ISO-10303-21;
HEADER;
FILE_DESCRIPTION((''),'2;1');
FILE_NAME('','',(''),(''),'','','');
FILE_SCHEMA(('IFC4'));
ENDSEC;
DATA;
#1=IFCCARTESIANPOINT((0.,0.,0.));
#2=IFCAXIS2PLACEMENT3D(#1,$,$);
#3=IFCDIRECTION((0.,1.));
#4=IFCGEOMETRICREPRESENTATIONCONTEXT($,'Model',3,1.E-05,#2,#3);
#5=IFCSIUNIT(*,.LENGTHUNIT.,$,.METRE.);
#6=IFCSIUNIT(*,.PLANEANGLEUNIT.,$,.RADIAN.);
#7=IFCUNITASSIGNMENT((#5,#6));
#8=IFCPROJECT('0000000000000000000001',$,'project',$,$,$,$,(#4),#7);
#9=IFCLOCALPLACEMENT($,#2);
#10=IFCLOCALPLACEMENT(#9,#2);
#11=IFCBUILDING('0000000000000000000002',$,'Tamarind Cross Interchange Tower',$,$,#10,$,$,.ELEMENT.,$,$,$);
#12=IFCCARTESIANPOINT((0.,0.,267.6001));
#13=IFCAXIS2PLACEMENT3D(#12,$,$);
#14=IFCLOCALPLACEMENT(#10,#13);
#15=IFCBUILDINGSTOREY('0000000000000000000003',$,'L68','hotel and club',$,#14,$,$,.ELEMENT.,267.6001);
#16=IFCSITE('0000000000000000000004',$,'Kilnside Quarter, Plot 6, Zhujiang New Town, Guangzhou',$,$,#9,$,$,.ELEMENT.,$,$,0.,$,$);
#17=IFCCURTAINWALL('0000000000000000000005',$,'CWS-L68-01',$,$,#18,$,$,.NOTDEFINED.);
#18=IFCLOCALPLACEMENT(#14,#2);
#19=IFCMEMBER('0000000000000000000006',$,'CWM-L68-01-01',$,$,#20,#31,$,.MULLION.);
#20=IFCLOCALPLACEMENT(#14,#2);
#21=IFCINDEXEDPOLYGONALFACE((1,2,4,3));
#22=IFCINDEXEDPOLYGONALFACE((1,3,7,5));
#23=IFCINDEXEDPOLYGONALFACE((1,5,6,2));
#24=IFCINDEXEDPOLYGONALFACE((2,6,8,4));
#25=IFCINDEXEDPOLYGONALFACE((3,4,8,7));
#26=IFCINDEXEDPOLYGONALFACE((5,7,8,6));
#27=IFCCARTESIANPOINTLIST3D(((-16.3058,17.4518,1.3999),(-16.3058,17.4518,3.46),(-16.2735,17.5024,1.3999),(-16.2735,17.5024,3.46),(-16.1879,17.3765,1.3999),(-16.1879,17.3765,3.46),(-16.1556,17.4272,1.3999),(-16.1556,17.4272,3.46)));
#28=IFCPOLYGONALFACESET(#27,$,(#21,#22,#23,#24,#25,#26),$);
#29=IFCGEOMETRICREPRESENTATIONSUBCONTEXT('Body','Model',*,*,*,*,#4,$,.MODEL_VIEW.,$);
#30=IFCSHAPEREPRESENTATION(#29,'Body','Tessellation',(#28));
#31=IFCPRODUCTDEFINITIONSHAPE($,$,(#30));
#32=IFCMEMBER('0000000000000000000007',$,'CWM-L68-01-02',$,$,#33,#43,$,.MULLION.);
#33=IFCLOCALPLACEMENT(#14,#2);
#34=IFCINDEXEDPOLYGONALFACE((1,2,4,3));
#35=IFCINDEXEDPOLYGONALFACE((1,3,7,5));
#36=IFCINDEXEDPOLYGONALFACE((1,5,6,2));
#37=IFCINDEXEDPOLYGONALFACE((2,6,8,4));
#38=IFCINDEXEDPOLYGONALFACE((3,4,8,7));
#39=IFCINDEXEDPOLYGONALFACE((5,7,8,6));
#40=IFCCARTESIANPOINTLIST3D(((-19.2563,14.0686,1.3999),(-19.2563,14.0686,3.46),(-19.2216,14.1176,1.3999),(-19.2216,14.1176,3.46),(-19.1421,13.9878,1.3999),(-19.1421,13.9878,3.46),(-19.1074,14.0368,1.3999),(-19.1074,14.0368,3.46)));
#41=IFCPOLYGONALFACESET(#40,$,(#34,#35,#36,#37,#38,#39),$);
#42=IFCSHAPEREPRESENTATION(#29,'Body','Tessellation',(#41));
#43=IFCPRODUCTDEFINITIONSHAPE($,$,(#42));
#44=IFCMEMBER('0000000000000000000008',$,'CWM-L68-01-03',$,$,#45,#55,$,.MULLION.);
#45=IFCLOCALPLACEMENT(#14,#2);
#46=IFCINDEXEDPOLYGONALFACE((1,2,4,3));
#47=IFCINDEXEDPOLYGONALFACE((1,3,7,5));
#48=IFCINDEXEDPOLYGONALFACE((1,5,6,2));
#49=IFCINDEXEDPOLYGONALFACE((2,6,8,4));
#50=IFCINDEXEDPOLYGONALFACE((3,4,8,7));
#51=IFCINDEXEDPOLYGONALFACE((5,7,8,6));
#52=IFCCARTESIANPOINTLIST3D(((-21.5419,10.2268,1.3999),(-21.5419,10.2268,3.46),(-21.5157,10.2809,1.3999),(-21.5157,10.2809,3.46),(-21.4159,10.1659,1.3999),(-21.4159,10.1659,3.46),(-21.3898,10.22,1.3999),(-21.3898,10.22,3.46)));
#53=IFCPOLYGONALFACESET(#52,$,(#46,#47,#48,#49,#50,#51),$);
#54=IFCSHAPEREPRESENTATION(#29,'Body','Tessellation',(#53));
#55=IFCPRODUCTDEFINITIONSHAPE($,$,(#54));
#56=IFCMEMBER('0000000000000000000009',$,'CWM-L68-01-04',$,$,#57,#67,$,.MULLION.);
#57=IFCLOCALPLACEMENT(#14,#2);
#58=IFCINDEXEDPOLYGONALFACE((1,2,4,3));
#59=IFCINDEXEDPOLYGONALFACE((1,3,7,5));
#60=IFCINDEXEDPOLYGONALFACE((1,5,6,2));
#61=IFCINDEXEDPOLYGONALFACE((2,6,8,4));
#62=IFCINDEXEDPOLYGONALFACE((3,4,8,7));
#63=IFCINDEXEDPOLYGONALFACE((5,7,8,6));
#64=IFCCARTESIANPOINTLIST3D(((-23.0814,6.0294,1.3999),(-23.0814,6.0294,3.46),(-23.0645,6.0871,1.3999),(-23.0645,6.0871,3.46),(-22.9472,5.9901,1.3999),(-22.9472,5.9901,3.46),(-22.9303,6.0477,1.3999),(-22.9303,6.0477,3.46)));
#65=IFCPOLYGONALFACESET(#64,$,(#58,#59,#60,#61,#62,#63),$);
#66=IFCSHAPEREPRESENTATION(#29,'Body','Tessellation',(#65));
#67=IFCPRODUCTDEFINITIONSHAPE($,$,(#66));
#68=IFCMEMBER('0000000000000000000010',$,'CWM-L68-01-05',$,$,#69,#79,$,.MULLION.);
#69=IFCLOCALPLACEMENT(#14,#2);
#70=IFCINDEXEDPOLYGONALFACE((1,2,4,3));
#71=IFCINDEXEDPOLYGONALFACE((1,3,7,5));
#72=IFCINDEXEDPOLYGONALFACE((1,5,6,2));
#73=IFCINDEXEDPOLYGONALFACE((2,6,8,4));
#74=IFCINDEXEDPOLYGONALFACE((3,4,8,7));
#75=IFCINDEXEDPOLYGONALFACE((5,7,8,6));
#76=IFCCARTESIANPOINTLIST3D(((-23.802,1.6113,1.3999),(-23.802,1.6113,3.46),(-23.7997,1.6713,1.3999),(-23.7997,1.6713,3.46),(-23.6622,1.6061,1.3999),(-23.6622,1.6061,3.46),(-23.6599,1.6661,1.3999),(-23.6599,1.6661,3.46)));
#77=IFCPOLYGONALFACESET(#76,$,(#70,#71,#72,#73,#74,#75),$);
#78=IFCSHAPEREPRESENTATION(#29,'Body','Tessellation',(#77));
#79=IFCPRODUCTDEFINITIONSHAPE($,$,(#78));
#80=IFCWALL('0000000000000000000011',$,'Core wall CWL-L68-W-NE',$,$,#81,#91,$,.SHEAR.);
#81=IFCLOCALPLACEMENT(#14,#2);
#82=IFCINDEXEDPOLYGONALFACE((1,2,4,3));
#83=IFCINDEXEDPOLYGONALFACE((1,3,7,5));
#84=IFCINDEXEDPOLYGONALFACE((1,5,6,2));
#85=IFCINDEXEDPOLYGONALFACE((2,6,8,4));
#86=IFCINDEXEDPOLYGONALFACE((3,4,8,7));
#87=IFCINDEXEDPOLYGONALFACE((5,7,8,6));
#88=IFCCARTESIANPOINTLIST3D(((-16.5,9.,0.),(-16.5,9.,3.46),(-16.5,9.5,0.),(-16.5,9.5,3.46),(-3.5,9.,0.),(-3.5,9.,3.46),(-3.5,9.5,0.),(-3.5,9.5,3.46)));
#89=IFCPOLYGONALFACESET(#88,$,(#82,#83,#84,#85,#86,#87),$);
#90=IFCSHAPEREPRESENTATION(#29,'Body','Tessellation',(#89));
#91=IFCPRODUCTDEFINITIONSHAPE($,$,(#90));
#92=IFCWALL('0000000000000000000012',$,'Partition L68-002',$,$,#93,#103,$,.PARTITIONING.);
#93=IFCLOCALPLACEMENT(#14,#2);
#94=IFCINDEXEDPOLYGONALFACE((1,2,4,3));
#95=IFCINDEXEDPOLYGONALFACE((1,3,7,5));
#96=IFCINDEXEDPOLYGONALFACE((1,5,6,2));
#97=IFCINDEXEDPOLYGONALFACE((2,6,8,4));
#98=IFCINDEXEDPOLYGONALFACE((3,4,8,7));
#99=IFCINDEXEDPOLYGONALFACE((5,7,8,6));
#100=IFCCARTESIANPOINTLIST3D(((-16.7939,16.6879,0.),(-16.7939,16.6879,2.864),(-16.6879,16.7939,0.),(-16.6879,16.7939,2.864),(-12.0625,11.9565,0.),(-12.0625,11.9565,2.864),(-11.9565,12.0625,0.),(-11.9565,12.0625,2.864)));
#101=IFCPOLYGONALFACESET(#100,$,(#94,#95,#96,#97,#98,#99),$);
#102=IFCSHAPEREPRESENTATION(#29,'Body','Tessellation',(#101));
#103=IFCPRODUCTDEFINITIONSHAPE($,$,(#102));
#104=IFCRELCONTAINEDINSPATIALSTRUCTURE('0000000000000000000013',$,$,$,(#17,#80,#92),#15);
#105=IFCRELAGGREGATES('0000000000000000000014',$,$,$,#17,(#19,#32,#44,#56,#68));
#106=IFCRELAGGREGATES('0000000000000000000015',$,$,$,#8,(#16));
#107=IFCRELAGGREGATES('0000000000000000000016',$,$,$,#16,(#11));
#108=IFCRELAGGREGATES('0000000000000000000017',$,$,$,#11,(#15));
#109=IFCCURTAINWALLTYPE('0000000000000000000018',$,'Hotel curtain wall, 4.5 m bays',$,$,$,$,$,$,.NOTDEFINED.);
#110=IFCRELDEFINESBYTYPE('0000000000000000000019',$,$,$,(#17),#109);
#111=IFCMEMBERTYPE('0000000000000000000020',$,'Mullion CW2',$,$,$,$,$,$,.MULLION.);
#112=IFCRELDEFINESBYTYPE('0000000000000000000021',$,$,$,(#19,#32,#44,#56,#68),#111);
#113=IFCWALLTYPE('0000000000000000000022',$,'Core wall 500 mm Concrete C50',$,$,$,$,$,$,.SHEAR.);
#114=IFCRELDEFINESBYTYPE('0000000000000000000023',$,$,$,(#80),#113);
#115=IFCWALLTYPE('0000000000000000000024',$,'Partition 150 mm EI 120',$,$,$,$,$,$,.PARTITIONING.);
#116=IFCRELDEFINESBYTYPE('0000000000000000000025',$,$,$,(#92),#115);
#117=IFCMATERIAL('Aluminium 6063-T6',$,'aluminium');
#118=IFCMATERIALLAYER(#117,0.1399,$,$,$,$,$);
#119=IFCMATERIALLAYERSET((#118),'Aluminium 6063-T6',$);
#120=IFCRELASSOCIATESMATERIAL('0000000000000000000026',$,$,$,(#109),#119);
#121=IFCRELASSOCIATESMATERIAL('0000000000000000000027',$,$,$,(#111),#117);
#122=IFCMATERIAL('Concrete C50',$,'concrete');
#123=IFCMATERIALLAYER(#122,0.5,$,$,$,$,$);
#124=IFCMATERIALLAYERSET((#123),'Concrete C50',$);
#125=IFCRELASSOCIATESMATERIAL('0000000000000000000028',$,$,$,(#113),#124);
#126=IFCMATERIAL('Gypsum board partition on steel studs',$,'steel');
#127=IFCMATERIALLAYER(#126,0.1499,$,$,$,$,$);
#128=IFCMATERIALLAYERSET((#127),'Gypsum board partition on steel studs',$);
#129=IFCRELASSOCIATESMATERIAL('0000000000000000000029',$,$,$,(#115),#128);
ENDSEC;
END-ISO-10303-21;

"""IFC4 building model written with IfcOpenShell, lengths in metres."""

from ifc_helpers import new_model, si_unit, direction, frame, frame_2d, origin, origin_2d, place, context, subcontext, project, spatial, rectangle, extrude, material, layer, layer_set, material_profile, profile_set, type_object, element, aggregate, save


model = new_model("IFC4")

# Units and contexts
model_context = context("Model", 3, precision=1e-05, world=origin(), true_north=direction((0.0, 1.0)))
body_context = subcontext(model_context, "Body", "Model", "MODEL_VIEW")
ifc_project = project(units=[si_unit("LENGTHUNIT", "METRE"), si_unit("PLANEANGLEUNIT", "RADIAN")], contexts=[model_context])

# Site, building, storey
site_placement = place(None, origin())
site = spatial("IfcSite", under=ifc_project, at=site_placement, Name="Kilnside Quarter, Plot 6, Zhujiang New Town, Guangzhou", CompositionType="ELEMENT", RefElevation=0.0)
building_placement = place(site_placement, origin())
building = spatial("IfcBuilding", under=site, at=building_placement, Name="Tamarind Cross Interchange Tower", CompositionType="ELEMENT")
storey_placement = place(building_placement, frame((0.0, 0.0, 267.6001)))
storey = spatial("IfcBuildingStorey", under=building, at=storey_placement, Name="L68", Description="hotel and club", CompositionType="ELEMENT", Elevation=267.6001)

# Curtain wall, members
ifc_material_1 = material(Name="Aluminium 6063-T6", Category="aluminium")
ifc_layer_1 = layer(ifc_material_1, 0.1399)
ifc_layer_set_1 = layer_set([ifc_layer_1], Name="Aluminium 6063-T6")
curtain_wall_type = type_object("IfcCurtainWallType", Name="Hotel curtain wall, 4.5 m bays", PredefinedType="NOTDEFINED", material=ifc_layer_set_1)
curtain_wall_placement = place(storey_placement, origin())
curtain_wall = element("IfcCurtainWall", 1, at=curtain_wall_placement, inside=storey, type_object=curtain_wall_type, Name="CWS-L68-01", PredefinedType="NOTDEFINED")
ifc_material_profile_1 = material_profile(ifc_material_1, rectangle(XDim=0.0601, YDim=0.1399, at=origin_2d()), Name="Mullion CW2")
ifc_profile_set_1 = profile_set([ifc_material_profile_1], Name="Aluminium 6063-T6")
member_type = type_object("IfcMemberType", Name="Mullion CW2", PredefinedType="MULLION", material=ifc_profile_set_1)
member_1_placement = place(storey_placement, frame((-16.2307, 17.4395, 1.3999), z_axis=(0.0, 0.0, 1.0), x_axis=(-0.537769, -0.843092, 0.0)))
member_1 = element("IfcMember", 2, at=member_1_placement, type_object=member_type, Name="CWM-L68-01-01", PredefinedType="MULLION", context=body_context, shape_type="SweptSolid", body=[
    extrude(rectangle(XDim=0.0601, YDim=0.1399, at=origin_2d()), origin(), (0.0, 0.0, 1.0), 2.0601),
])
member_2_placement = place(storey_placement, frame((-19.1819, 14.0527, 1.3999), z_axis=(0.0, 0.0, 1.0), x_axis=(-0.577569, -0.816342, 0.0)))
member_2 = element("IfcMember", 3, at=member_2_placement, type_object=member_type, Name="CWM-L68-01-02", PredefinedType="MULLION", context=body_context, shape_type="SweptSolid", body=[
    extrude(rectangle(XDim=0.0601, YDim=0.1399, at=origin_2d()), origin(), (0.0, 0.0, 1.0), 2.0601),
])
member_3_placement = place(storey_placement, frame((-21.4658, 10.2234, 1.3999), z_axis=(0.0, 0.0, 1.0), x_axis=(-0.435326, -0.900273, 0.0)))
member_3 = element("IfcMember", 4, at=member_3_placement, type_object=member_type, Name="CWM-L68-01-03", PredefinedType="MULLION", context=body_context, shape_type="SweptSolid", body=[
    extrude(rectangle(XDim=0.0601, YDim=0.1399, at=origin_2d()), origin(), (0.0, 0.0, 1.0), 2.0601),
])
member_4_placement = place(storey_placement, frame((-23.0059, 6.0386, 1.3999), z_axis=(0.0, 0.0, 1.0), x_axis=(-0.281209, -0.959647, 0.0)))
member_4 = element("IfcMember", 5, at=member_4_placement, type_object=member_type, Name="CWM-L68-01-04", PredefinedType="MULLION", context=body_context, shape_type="SweptSolid", body=[
    extrude(rectangle(XDim=0.0601, YDim=0.1399, at=origin_2d()), origin(), (0.0, 0.0, 1.0), 2.0601),
])
member_5_placement = place(storey_placement, frame((-23.731, 1.6387, 1.3999), z_axis=(0.0, 0.0, 1.0), x_axis=(-0.037025, -0.999314, 0.0)))
member_5 = element("IfcMember", 6, at=member_5_placement, type_object=member_type, Name="CWM-L68-01-05", PredefinedType="MULLION", context=body_context, shape_type="SweptSolid", body=[
    extrude(rectangle(XDim=0.0601, YDim=0.1399, at=origin_2d()), origin(), (0.0, 0.0, 1.0), 2.0601),
])
aggregate(curtain_wall, [member_1, member_2, member_3, member_4, member_5])

# Walls
ifc_material_2 = material(Name="Concrete C50", Category="concrete")
ifc_layer_2 = layer(ifc_material_2, 0.5)
ifc_layer_set_2 = layer_set([ifc_layer_2], Name="Concrete C50")
wall_type_1 = type_object("IfcWallType", Name="Core wall 500 mm Concrete C50", PredefinedType="SHEAR", material=ifc_layer_set_2)
wall_1_placement = place(storey_placement, frame((-16.5, 9.25, 0.0), z_axis=(0.0, 0.0, 1.0), x_axis=(1.0, 0.0, 0.0)))
element("IfcWall", 7, at=wall_1_placement, inside=storey, type_object=wall_type_1, Name="Core wall CWL-L68-W-NE", PredefinedType="SHEAR", context=body_context, shape_type="SweptSolid", body=[
    extrude(rectangle(XDim=13.0, YDim=0.5, at=frame_2d((6.5, 0.0))), origin(), (0.0, 0.0, 1.0), 3.46),
])
ifc_material_3 = material(Name="Gypsum board partition on steel studs", Category="steel")
ifc_layer_3 = layer(ifc_material_3, 0.1499)
ifc_layer_set_3 = layer_set([ifc_layer_3], Name="Gypsum board partition on steel studs")
wall_type_2 = type_object("IfcWallType", Name="Partition 150 mm EI 120", PredefinedType="PARTITIONING", material=ifc_layer_set_3)
wall_2_placement = place(storey_placement, frame((-16.741, 16.741, 0.0), z_axis=(0.0, 0.0, 1.0), x_axis=(0.707107, -0.707107, 0.0)))
element("IfcWall", 8, at=wall_2_placement, inside=storey, type_object=wall_type_2, Name="Partition L68-002", PredefinedType="PARTITIONING", context=body_context, shape_type="SweptSolid", body=[
    extrude(rectangle(XDim=6.6912, YDim=0.1499, at=frame_2d((3.3457, 0.0))), origin(), (0.0, 0.0, 1.0), 2.864),
])

save(model, "model.ifc")
